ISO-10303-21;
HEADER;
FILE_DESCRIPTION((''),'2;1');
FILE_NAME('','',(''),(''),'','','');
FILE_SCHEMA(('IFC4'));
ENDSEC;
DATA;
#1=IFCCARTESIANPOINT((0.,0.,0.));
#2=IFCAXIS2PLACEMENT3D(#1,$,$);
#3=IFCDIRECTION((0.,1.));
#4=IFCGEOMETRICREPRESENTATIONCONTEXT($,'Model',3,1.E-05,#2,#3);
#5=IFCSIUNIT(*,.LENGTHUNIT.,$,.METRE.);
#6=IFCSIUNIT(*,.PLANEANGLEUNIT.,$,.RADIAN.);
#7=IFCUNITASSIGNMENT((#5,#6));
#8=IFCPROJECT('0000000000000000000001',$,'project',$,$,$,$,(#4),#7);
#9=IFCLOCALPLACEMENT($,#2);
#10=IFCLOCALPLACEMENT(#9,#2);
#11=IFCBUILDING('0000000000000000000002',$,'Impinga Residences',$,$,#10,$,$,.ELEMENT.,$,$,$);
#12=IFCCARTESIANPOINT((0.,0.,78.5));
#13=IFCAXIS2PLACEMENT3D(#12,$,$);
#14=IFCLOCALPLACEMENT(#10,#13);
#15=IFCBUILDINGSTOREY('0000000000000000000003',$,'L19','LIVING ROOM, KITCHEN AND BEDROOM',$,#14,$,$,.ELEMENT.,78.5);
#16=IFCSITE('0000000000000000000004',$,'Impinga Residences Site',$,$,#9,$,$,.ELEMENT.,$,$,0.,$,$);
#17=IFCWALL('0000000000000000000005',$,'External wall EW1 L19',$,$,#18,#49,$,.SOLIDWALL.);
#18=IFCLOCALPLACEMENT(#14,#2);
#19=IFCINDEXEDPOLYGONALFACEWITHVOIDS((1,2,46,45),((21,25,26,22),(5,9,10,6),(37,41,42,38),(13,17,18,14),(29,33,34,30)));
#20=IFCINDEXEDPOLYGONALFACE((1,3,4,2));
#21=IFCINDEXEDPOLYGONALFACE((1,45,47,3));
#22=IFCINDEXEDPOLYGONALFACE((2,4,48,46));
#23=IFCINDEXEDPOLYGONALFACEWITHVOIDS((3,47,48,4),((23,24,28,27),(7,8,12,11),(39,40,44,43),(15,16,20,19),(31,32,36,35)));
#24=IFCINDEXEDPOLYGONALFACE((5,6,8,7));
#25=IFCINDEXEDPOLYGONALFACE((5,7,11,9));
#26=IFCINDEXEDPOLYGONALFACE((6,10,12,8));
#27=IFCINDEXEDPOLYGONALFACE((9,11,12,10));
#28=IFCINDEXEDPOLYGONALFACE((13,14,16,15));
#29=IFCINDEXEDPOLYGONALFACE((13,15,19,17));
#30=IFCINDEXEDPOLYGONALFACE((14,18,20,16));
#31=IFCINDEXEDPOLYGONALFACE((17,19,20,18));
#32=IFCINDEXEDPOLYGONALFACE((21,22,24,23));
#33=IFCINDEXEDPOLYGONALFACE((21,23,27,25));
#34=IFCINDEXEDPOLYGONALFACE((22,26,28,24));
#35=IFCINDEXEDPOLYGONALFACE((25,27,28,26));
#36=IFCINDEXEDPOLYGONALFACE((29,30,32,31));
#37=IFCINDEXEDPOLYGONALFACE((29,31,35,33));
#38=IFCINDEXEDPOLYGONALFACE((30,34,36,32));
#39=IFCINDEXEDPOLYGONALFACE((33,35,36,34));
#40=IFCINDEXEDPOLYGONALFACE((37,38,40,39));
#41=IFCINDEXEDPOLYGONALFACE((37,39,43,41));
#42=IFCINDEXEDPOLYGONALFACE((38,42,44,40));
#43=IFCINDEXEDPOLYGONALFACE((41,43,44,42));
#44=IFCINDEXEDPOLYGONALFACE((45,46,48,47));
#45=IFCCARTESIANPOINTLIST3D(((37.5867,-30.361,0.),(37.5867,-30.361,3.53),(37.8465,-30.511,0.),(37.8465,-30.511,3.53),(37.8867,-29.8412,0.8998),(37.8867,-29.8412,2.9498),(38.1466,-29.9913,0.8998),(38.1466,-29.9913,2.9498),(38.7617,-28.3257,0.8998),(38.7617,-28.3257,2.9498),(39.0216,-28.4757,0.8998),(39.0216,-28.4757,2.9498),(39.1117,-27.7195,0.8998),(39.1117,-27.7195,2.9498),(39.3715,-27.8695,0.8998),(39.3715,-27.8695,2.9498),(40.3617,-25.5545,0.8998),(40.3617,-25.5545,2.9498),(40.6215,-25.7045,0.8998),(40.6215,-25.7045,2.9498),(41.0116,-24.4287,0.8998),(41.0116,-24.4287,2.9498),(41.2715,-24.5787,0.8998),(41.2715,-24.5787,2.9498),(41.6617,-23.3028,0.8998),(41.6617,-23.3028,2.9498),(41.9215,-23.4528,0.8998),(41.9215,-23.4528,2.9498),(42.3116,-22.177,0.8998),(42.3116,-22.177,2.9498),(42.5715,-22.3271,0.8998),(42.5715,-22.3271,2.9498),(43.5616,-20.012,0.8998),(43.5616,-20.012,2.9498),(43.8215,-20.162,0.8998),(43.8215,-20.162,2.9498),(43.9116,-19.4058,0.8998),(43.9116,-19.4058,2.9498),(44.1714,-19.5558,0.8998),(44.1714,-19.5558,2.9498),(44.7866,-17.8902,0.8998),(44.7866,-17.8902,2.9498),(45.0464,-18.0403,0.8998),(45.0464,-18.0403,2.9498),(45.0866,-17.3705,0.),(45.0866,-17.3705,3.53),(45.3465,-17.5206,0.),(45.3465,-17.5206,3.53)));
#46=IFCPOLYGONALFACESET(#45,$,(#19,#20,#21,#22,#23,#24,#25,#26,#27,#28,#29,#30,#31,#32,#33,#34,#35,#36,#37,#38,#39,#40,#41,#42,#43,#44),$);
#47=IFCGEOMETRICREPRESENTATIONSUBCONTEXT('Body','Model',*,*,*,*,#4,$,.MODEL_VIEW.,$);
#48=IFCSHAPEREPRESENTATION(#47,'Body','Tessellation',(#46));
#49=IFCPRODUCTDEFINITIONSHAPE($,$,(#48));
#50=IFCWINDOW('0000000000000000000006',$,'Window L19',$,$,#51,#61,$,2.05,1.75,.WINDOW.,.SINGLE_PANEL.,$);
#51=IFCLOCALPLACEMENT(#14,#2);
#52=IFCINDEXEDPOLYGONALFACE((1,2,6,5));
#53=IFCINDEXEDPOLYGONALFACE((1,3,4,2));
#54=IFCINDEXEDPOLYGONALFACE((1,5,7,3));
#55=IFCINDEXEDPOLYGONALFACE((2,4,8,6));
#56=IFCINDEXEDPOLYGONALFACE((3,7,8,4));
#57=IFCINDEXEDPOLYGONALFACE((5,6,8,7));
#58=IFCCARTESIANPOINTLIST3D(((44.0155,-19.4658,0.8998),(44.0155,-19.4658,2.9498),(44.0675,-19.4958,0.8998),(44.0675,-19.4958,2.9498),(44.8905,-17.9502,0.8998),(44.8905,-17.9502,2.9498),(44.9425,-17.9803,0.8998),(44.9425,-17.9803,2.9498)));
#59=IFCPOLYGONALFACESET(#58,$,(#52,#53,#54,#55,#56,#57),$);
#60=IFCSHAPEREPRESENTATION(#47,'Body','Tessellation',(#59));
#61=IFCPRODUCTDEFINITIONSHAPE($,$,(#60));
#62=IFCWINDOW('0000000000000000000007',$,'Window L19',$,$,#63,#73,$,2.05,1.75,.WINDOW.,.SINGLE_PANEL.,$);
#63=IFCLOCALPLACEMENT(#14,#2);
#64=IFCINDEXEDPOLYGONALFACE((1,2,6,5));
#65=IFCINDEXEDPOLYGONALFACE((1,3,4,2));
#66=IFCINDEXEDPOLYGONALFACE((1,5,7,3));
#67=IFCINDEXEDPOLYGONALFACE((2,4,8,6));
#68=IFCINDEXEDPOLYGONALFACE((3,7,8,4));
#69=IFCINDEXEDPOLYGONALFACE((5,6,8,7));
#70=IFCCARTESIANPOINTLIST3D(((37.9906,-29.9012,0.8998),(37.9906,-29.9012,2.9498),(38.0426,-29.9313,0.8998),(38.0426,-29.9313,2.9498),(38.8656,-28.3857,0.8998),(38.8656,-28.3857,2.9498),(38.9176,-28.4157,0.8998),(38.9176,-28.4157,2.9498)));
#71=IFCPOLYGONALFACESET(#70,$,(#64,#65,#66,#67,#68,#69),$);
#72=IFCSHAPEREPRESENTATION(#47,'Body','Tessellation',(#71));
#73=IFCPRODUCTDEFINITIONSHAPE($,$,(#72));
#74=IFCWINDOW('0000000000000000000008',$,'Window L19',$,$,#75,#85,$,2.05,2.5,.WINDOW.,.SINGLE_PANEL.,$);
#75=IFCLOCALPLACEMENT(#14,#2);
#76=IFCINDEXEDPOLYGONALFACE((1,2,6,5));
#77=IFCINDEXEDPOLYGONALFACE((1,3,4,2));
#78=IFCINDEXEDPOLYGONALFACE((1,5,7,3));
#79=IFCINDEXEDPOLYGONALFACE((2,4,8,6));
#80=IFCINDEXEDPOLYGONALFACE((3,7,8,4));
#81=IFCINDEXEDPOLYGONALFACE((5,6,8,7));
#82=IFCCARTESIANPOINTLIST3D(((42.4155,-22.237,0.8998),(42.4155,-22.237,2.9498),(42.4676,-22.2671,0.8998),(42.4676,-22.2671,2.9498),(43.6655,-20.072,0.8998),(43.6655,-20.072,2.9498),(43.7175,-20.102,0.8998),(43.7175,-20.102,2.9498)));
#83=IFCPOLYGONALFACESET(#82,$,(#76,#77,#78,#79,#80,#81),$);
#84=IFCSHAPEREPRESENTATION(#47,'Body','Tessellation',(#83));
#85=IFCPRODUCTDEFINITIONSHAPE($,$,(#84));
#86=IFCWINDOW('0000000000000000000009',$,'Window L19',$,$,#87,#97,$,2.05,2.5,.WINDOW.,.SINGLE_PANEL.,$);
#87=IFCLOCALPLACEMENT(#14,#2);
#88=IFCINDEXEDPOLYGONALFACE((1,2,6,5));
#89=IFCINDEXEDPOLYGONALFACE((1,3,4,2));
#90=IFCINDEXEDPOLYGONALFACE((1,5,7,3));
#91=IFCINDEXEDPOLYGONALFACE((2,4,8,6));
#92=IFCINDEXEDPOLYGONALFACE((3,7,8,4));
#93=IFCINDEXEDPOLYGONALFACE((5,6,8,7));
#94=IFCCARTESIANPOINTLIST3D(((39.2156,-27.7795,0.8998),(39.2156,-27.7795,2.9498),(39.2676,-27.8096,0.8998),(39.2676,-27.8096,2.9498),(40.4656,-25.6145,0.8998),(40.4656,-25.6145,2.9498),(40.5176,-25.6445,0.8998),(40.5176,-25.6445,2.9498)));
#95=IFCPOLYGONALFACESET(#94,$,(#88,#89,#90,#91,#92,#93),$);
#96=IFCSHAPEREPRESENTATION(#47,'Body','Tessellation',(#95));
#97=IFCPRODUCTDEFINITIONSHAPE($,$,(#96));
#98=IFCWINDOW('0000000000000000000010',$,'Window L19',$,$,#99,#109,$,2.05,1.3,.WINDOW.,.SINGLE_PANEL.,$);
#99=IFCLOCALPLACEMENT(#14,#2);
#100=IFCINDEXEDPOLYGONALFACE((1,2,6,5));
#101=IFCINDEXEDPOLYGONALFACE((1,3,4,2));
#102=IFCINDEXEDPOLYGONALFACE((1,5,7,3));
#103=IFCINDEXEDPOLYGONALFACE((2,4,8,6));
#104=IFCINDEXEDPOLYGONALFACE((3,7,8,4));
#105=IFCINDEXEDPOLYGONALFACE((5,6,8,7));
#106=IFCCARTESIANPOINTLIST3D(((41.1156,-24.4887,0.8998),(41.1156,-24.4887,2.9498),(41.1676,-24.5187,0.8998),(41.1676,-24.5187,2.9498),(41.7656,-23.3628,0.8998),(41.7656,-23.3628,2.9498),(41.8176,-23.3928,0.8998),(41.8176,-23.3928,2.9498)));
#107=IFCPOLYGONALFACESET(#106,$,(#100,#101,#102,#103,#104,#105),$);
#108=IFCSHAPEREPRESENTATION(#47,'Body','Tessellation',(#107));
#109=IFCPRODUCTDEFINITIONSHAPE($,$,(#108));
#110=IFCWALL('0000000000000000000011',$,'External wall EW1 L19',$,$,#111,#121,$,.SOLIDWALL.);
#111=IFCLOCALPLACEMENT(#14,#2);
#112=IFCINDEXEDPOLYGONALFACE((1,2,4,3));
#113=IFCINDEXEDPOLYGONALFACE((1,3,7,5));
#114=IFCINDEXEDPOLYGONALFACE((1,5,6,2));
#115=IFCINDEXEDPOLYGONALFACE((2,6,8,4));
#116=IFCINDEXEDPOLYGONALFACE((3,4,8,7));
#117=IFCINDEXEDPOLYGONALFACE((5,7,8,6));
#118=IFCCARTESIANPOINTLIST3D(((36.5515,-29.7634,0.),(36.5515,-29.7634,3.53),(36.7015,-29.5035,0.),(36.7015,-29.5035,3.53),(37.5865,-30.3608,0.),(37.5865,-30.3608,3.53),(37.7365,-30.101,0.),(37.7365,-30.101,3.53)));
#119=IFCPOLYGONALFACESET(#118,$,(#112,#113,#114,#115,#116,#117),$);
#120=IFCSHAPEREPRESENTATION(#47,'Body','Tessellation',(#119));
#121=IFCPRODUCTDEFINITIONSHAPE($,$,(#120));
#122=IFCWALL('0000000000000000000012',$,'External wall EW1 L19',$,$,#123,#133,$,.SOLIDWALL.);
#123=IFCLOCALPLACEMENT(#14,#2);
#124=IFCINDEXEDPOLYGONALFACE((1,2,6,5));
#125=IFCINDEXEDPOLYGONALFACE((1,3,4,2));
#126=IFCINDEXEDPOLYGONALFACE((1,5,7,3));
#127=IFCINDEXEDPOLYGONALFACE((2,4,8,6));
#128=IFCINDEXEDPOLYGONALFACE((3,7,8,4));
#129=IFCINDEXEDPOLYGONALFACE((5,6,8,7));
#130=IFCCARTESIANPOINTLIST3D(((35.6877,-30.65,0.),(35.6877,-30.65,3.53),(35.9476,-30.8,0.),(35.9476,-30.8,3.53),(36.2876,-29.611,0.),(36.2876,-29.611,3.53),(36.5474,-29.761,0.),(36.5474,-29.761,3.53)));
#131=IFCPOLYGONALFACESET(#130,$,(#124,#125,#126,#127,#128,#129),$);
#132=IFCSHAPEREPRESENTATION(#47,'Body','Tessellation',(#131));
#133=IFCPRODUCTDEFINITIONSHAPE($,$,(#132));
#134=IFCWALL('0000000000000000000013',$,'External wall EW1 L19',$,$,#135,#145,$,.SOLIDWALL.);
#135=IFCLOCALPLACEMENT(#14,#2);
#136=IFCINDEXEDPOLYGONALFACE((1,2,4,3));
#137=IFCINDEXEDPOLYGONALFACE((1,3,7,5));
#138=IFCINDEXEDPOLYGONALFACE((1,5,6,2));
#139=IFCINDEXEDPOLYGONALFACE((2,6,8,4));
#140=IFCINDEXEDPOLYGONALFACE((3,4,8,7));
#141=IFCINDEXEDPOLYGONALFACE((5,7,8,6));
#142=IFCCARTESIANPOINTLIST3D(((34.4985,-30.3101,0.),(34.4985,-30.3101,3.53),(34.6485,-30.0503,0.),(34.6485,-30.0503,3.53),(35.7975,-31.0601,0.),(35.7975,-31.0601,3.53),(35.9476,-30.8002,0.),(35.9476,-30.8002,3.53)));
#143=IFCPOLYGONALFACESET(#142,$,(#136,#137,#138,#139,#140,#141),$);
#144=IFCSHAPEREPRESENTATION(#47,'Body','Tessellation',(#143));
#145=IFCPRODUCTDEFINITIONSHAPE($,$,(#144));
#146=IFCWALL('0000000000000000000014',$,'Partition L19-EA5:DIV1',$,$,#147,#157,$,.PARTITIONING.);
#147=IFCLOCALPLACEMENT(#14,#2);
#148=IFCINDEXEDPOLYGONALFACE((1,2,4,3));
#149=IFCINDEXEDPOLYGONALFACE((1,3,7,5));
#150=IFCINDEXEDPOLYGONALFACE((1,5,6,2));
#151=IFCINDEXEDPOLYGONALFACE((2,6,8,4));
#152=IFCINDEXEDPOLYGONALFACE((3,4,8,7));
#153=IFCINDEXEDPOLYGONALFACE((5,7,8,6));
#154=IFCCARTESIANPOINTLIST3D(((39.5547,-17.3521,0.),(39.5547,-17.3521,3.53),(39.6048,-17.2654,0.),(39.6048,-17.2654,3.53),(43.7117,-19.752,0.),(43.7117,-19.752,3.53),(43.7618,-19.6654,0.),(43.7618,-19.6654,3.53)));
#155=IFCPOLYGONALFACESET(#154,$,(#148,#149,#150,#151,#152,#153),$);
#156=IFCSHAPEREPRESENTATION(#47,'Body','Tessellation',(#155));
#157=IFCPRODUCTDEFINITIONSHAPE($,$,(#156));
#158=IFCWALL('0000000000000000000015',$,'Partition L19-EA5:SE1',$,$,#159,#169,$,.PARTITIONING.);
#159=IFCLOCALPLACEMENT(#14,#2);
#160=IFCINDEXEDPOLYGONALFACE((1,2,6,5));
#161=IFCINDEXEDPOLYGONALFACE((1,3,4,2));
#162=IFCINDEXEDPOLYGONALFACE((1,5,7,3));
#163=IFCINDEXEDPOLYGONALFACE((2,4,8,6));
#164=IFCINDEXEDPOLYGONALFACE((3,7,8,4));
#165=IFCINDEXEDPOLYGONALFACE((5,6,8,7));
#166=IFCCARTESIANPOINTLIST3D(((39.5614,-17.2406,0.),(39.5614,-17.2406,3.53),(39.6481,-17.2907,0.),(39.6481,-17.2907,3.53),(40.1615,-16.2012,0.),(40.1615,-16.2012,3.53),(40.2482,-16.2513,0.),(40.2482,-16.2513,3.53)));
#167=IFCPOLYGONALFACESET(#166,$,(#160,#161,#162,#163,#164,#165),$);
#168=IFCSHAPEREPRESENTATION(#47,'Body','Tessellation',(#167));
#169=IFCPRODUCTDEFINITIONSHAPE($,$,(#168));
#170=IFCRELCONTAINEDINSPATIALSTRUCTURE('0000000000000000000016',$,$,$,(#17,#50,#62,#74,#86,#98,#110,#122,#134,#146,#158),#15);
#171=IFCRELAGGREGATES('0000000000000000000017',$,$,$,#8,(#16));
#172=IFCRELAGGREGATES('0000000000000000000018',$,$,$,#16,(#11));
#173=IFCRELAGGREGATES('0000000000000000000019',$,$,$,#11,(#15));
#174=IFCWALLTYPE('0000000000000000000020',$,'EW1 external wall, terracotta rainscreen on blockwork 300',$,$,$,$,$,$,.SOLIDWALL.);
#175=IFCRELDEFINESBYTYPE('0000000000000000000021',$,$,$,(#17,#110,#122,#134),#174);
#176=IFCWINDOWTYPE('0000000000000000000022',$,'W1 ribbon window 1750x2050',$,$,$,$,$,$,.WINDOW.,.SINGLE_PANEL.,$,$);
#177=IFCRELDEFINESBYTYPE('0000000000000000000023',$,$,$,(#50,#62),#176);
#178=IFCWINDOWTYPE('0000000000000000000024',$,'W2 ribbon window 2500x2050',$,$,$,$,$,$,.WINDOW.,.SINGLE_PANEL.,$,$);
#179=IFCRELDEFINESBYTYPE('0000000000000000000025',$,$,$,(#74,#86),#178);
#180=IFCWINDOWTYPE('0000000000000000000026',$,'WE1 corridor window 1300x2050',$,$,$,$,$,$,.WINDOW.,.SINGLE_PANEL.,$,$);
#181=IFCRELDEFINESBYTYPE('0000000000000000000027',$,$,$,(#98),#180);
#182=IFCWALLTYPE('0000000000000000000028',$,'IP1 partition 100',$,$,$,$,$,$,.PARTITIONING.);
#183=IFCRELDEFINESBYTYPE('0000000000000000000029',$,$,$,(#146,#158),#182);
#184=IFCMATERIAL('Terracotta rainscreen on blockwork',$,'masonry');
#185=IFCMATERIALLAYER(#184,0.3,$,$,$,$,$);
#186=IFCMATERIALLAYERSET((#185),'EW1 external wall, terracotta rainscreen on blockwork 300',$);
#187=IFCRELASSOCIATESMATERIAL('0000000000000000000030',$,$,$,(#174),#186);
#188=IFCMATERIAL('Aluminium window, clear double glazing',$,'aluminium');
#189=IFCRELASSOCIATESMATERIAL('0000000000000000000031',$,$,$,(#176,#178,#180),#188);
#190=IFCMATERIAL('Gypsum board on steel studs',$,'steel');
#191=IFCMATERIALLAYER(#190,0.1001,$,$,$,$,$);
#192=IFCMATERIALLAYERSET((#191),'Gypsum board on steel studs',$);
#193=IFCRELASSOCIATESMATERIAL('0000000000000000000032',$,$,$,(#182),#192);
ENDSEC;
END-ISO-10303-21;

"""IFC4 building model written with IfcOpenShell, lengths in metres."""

from ifc_helpers import new_model, si_unit, direction, frame, frame_2d, origin, place, context, subcontext, project, spatial, rectangle, extrude, material, layer, layer_set, type_object, element, fill, save


model = new_model("IFC4")

# Units and contexts
model_context = context("Model", 3, precision=1e-05, world=origin(), true_north=direction((0.0, 1.0)))
body_context = subcontext(model_context, "Body", "Model", "MODEL_VIEW")
ifc_project = project(units=[si_unit("LENGTHUNIT", "METRE"), si_unit("PLANEANGLEUNIT", "RADIAN")], contexts=[model_context])

# Site, building, storey
site_placement = place(None, origin())
site = spatial("IfcSite", under=ifc_project, at=site_placement, Name="Impinga Residences Site", CompositionType="ELEMENT", RefElevation=0.0)
building_placement = place(site_placement, origin())
building = spatial("IfcBuilding", under=site, at=building_placement, Name="Impinga Residences", CompositionType="ELEMENT")
storey_placement = place(building_placement, frame((0.0, 0.0, 78.5)))
storey = spatial("IfcBuildingStorey", under=building, at=storey_placement, Name="L19", Description="LIVING ROOM, KITCHEN AND BEDROOM", CompositionType="ELEMENT", Elevation=78.5)

# Wall, openings, windows
ifc_material_1 = material(Name="Terracotta rainscreen on blockwork", Category="masonry")
ifc_layer_1 = layer(ifc_material_1, 0.3)
ifc_layer_set_1 = layer_set([ifc_layer_1], Name="EW1 external wall, terracotta rainscreen on blockwork 300")
wall_type_1 = type_object("IfcWallType", Name="EW1 external wall, terracotta rainscreen on blockwork 300", PredefinedType="SOLIDWALL", material=ifc_layer_set_1)
wall_1_placement = place(storey_placement, frame((45.2166, -17.4456, 0.0), z_axis=(0.0, 0.0, 1.0), x_axis=(-0.499997, -0.866027, 0.0)))
wall_1 = element("IfcWall", 1, at=wall_1_placement, inside=storey, type_object=wall_type_1, Name="External wall EW1 L19", PredefinedType="SOLIDWALL", context=body_context, shape_type="SweptSolid", body=[
    extrude(rectangle(XDim=15.0, YDim=0.3, at=frame_2d((7.5, 0.0))), origin(), (0.0, 0.0, 1.0), 3.53),
])
opening_1_placement = place(wall_1_placement, frame((0.6001, 0.0, 0.8999)))
opening_1 = element("IfcOpeningElement", 2, at=opening_1_placement, cuts=wall_1, PredefinedType="OPENING", context=body_context, shape_type="SweptSolid", body=[
    extrude(rectangle(XDim=1.75, YDim=2.05, at=frame_2d((0.875, 1.0249))), frame((0.0, 0.1599, 0.0), z_axis=(0.0, -1.0, 0.0), x_axis=(1.0, 0.0, 0.0)), (0.0, 0.0, 1.0), 0.3201),
])
opening_2_placement = place(wall_1_placement, frame((3.05, 0.0, 0.8999)))
opening_2 = element("IfcOpeningElement", 3, at=opening_2_placement, cuts=wall_1, PredefinedType="OPENING", context=body_context, shape_type="SweptSolid", body=[
    extrude(rectangle(XDim=2.5, YDim=2.05, at=frame_2d((1.25, 1.0249))), frame((0.0, 0.1599, 0.0), z_axis=(0.0, -1.0, 0.0), x_axis=(1.0, 0.0, 0.0)), (0.0, 0.0, 1.0), 0.3201),
])
opening_3_placement = place(wall_1_placement, frame((6.8501, 0.0, 0.8999)))
opening_3 = element("IfcOpeningElement", 4, at=opening_3_placement, cuts=wall_1, PredefinedType="OPENING", context=body_context, shape_type="SweptSolid", body=[
    extrude(rectangle(XDim=1.3, YDim=2.05, at=frame_2d((0.6499, 1.0249))), frame((0.0, 0.1599, 0.0), z_axis=(0.0, -1.0, 0.0), x_axis=(1.0, 0.0, 0.0)), (0.0, 0.0, 1.0), 0.3201),
])
opening_4_placement = place(wall_1_placement, frame((9.45, 0.0, 0.8999)))
opening_4 = element("IfcOpeningElement", 5, at=opening_4_placement, cuts=wall_1, PredefinedType="OPENING", context=body_context, shape_type="SweptSolid", body=[
    extrude(rectangle(XDim=2.5, YDim=2.05, at=frame_2d((1.25, 1.0249))), frame((0.0, 0.1599, 0.0), z_axis=(0.0, -1.0, 0.0), x_axis=(1.0, 0.0, 0.0)), (0.0, 0.0, 1.0), 0.3201),
])
opening_5_placement = place(wall_1_placement, frame((12.6499, 0.0, 0.8999)))
opening_5 = element("IfcOpeningElement", 6, at=opening_5_placement, cuts=wall_1, PredefinedType="OPENING", context=body_context, shape_type="SweptSolid", body=[
    extrude(rectangle(XDim=1.75, YDim=2.05, at=frame_2d((0.875, 1.0249))), frame((0.0, 0.1599, 0.0), z_axis=(0.0, -1.0, 0.0), x_axis=(1.0, 0.0, 0.0)), (0.0, 0.0, 1.0), 0.3201),
])
ifc_material_2 = material(Name="Aluminium window, clear double glazing", Category="aluminium")
window_type_1 = type_object("IfcWindowType", Name="W1 ribbon window 1750x2050", PartitioningType="SINGLE_PANEL", PredefinedType="WINDOW", material=ifc_material_2)
window_1_placement = place(opening_1_placement, origin())
window_1 = element("IfcWindow", 7, at=window_1_placement, inside=storey, type_object=window_type_1, Name="Window L19", OverallHeight=2.05, OverallWidth=1.75, PartitioningType="SINGLE_PANEL", PredefinedType="WINDOW", context=body_context, shape_type="SweptSolid", body=[
    extrude(rectangle(XDim=1.75, YDim=2.05, at=frame_2d((0.875, 1.0249))), frame((0.0, 0.03, 0.0), z_axis=(0.0, -1.0, 0.0), x_axis=(1.0, 0.0, 0.0)), (0.0, 0.0, 1.0), 0.0601),
])
fill(opening_1, window_1)
window_2_placement = place(opening_5_placement, origin())
window_2 = element("IfcWindow", 8, at=window_2_placement, inside=storey, type_object=window_type_1, Name="Window L19", OverallHeight=2.05, OverallWidth=1.75, PartitioningType="SINGLE_PANEL", PredefinedType="WINDOW", context=body_context, shape_type="SweptSolid", body=[
    extrude(rectangle(XDim=1.75, YDim=2.05, at=frame_2d((0.875, 1.0249))), frame((0.0, 0.03, 0.0), z_axis=(0.0, -1.0, 0.0), x_axis=(1.0, 0.0, 0.0)), (0.0, 0.0, 1.0), 0.0601),
])
fill(opening_5, window_2)
window_type_2 = type_object("IfcWindowType", Name="W2 ribbon window 2500x2050", PartitioningType="SINGLE_PANEL", PredefinedType="WINDOW", material=ifc_material_2)
window_3_placement = place(opening_2_placement, origin())
window_3 = element("IfcWindow", 9, at=window_3_placement, inside=storey, type_object=window_type_2, Name="Window L19", OverallHeight=2.05, OverallWidth=2.5, PartitioningType="SINGLE_PANEL", PredefinedType="WINDOW", context=body_context, shape_type="SweptSolid", body=[
    extrude(rectangle(XDim=2.5, YDim=2.05, at=frame_2d((1.25, 1.0249))), frame((0.0, 0.03, 0.0), z_axis=(0.0, -1.0, 0.0), x_axis=(1.0, 0.0, 0.0)), (0.0, 0.0, 1.0), 0.0601),
])
fill(opening_2, window_3)
window_4_placement = place(opening_4_placement, origin())
window_4 = element("IfcWindow", 10, at=window_4_placement, inside=storey, type_object=window_type_2, Name="Window L19", OverallHeight=2.05, OverallWidth=2.5, PartitioningType="SINGLE_PANEL", PredefinedType="WINDOW", context=body_context, shape_type="SweptSolid", body=[
    extrude(rectangle(XDim=2.5, YDim=2.05, at=frame_2d((1.25, 1.0249))), frame((0.0, 0.03, 0.0), z_axis=(0.0, -1.0, 0.0), x_axis=(1.0, 0.0, 0.0)), (0.0, 0.0, 1.0), 0.0601),
])
fill(opening_4, window_4)
window_type_3 = type_object("IfcWindowType", Name="WE1 corridor window 1300x2050", PartitioningType="SINGLE_PANEL", PredefinedType="WINDOW", material=ifc_material_2)
window_5_placement = place(opening_3_placement, origin())
window_5 = element("IfcWindow", 11, at=window_5_placement, inside=storey, type_object=window_type_3, Name="Window L19", OverallHeight=2.05, OverallWidth=1.3, PartitioningType="SINGLE_PANEL", PredefinedType="WINDOW", context=body_context, shape_type="SweptSolid", body=[
    extrude(rectangle(XDim=1.3, YDim=2.05, at=frame_2d((0.6499, 1.0249))), frame((0.0, 0.03, 0.0), z_axis=(0.0, -1.0, 0.0), x_axis=(1.0, 0.0, 0.0)), (0.0, 0.0, 1.0), 0.0601),
])
fill(opening_3, window_5)

# Walls
wall_2_placement = place(storey_placement, frame((37.6616, -30.231, 0.0), z_axis=(0.0, 0.0, 1.0), x_axis=(-0.86606, 0.499941, 0.0)))
element("IfcWall", 12, at=wall_2_placement, inside=storey, type_object=wall_type_1, Name="External wall EW1 L19", PredefinedType="SOLIDWALL", context=body_context, shape_type="SweptSolid", body=[
    extrude(rectangle(XDim=1.1951, YDim=0.3, at=frame_2d((0.5977, 0.0))), origin(), (0.0, 0.0, 1.0), 3.53),
])
wall_3_placement = place(storey_placement, frame((36.4175, -29.686, 0.0), z_axis=(0.0, 0.0, 1.0), x_axis=(-0.499969, -0.866043, 0.0)))
element("IfcWall", 13, at=wall_3_placement, inside=storey, type_object=wall_type_1, Name="External wall EW1 L19", PredefinedType="SOLIDWALL", context=body_context, shape_type="SweptSolid", body=[
    extrude(rectangle(XDim=1.1997, YDim=0.3, at=frame_2d((0.5999, 0.0))), origin(), (0.0, 0.0, 1.0), 3.53),
])
wall_4_placement = place(storey_placement, frame((35.8726, -30.9302, 0.0), z_axis=(0.0, 0.0, 1.0), x_axis=(-0.866031, 0.49999, 0.0)))
element("IfcWall", 14, at=wall_4_placement, inside=storey, type_object=wall_type_1, Name="External wall EW1 L19", PredefinedType="SOLIDWALL", context=body_context, shape_type="SweptSolid", body=[
    extrude(rectangle(XDim=1.5, YDim=0.3, at=frame_2d((0.75, 0.0))), origin(), (0.0, 0.0, 1.0), 3.53),
])
ifc_material_3 = material(Name="Gypsum board on steel studs", Category="steel")
ifc_layer_2 = layer(ifc_material_3, 0.1001)
ifc_layer_set_2 = layer_set([ifc_layer_2], Name="Gypsum board on steel studs")
wall_type_2 = type_object("IfcWallType", Name="IP1 partition 100", PredefinedType="PARTITIONING", material=ifc_layer_set_2)
wall_5_placement = place(storey_placement, frame((39.5798, -17.3088, 0.0), z_axis=(0.0, 0.0, 1.0), x_axis=(0.866037, -0.499979, 0.0)))
element("IfcWall", 15, at=wall_5_placement, inside=storey, type_object=wall_type_2, Name="Partition L19-EA5:DIV1", PredefinedType="PARTITIONING", context=body_context, shape_type="SweptSolid", body=[
    extrude(rectangle(XDim=4.8, YDim=0.1001, at=frame_2d((2.3999, 0.0))), origin(), (0.0, 0.0, 1.0), 3.53),
])
wall_6_placement = place(storey_placement, frame((39.6047, -17.2656, 0.0), z_axis=(0.0, 0.0, 1.0), x_axis=(0.500034, 0.866006, 0.0)))
element("IfcWall", 16, at=wall_6_placement, inside=storey, type_object=wall_type_2, Name="Partition L19-EA5:SE1", PredefinedType="PARTITIONING", context=body_context, shape_type="SweptSolid", body=[
    extrude(rectangle(XDim=1.2002, YDim=0.1001, at=frame_2d((0.6001, 0.0))), origin(), (0.0, 0.0, 1.0), 3.53),
])

save(model, "model.ifc")
